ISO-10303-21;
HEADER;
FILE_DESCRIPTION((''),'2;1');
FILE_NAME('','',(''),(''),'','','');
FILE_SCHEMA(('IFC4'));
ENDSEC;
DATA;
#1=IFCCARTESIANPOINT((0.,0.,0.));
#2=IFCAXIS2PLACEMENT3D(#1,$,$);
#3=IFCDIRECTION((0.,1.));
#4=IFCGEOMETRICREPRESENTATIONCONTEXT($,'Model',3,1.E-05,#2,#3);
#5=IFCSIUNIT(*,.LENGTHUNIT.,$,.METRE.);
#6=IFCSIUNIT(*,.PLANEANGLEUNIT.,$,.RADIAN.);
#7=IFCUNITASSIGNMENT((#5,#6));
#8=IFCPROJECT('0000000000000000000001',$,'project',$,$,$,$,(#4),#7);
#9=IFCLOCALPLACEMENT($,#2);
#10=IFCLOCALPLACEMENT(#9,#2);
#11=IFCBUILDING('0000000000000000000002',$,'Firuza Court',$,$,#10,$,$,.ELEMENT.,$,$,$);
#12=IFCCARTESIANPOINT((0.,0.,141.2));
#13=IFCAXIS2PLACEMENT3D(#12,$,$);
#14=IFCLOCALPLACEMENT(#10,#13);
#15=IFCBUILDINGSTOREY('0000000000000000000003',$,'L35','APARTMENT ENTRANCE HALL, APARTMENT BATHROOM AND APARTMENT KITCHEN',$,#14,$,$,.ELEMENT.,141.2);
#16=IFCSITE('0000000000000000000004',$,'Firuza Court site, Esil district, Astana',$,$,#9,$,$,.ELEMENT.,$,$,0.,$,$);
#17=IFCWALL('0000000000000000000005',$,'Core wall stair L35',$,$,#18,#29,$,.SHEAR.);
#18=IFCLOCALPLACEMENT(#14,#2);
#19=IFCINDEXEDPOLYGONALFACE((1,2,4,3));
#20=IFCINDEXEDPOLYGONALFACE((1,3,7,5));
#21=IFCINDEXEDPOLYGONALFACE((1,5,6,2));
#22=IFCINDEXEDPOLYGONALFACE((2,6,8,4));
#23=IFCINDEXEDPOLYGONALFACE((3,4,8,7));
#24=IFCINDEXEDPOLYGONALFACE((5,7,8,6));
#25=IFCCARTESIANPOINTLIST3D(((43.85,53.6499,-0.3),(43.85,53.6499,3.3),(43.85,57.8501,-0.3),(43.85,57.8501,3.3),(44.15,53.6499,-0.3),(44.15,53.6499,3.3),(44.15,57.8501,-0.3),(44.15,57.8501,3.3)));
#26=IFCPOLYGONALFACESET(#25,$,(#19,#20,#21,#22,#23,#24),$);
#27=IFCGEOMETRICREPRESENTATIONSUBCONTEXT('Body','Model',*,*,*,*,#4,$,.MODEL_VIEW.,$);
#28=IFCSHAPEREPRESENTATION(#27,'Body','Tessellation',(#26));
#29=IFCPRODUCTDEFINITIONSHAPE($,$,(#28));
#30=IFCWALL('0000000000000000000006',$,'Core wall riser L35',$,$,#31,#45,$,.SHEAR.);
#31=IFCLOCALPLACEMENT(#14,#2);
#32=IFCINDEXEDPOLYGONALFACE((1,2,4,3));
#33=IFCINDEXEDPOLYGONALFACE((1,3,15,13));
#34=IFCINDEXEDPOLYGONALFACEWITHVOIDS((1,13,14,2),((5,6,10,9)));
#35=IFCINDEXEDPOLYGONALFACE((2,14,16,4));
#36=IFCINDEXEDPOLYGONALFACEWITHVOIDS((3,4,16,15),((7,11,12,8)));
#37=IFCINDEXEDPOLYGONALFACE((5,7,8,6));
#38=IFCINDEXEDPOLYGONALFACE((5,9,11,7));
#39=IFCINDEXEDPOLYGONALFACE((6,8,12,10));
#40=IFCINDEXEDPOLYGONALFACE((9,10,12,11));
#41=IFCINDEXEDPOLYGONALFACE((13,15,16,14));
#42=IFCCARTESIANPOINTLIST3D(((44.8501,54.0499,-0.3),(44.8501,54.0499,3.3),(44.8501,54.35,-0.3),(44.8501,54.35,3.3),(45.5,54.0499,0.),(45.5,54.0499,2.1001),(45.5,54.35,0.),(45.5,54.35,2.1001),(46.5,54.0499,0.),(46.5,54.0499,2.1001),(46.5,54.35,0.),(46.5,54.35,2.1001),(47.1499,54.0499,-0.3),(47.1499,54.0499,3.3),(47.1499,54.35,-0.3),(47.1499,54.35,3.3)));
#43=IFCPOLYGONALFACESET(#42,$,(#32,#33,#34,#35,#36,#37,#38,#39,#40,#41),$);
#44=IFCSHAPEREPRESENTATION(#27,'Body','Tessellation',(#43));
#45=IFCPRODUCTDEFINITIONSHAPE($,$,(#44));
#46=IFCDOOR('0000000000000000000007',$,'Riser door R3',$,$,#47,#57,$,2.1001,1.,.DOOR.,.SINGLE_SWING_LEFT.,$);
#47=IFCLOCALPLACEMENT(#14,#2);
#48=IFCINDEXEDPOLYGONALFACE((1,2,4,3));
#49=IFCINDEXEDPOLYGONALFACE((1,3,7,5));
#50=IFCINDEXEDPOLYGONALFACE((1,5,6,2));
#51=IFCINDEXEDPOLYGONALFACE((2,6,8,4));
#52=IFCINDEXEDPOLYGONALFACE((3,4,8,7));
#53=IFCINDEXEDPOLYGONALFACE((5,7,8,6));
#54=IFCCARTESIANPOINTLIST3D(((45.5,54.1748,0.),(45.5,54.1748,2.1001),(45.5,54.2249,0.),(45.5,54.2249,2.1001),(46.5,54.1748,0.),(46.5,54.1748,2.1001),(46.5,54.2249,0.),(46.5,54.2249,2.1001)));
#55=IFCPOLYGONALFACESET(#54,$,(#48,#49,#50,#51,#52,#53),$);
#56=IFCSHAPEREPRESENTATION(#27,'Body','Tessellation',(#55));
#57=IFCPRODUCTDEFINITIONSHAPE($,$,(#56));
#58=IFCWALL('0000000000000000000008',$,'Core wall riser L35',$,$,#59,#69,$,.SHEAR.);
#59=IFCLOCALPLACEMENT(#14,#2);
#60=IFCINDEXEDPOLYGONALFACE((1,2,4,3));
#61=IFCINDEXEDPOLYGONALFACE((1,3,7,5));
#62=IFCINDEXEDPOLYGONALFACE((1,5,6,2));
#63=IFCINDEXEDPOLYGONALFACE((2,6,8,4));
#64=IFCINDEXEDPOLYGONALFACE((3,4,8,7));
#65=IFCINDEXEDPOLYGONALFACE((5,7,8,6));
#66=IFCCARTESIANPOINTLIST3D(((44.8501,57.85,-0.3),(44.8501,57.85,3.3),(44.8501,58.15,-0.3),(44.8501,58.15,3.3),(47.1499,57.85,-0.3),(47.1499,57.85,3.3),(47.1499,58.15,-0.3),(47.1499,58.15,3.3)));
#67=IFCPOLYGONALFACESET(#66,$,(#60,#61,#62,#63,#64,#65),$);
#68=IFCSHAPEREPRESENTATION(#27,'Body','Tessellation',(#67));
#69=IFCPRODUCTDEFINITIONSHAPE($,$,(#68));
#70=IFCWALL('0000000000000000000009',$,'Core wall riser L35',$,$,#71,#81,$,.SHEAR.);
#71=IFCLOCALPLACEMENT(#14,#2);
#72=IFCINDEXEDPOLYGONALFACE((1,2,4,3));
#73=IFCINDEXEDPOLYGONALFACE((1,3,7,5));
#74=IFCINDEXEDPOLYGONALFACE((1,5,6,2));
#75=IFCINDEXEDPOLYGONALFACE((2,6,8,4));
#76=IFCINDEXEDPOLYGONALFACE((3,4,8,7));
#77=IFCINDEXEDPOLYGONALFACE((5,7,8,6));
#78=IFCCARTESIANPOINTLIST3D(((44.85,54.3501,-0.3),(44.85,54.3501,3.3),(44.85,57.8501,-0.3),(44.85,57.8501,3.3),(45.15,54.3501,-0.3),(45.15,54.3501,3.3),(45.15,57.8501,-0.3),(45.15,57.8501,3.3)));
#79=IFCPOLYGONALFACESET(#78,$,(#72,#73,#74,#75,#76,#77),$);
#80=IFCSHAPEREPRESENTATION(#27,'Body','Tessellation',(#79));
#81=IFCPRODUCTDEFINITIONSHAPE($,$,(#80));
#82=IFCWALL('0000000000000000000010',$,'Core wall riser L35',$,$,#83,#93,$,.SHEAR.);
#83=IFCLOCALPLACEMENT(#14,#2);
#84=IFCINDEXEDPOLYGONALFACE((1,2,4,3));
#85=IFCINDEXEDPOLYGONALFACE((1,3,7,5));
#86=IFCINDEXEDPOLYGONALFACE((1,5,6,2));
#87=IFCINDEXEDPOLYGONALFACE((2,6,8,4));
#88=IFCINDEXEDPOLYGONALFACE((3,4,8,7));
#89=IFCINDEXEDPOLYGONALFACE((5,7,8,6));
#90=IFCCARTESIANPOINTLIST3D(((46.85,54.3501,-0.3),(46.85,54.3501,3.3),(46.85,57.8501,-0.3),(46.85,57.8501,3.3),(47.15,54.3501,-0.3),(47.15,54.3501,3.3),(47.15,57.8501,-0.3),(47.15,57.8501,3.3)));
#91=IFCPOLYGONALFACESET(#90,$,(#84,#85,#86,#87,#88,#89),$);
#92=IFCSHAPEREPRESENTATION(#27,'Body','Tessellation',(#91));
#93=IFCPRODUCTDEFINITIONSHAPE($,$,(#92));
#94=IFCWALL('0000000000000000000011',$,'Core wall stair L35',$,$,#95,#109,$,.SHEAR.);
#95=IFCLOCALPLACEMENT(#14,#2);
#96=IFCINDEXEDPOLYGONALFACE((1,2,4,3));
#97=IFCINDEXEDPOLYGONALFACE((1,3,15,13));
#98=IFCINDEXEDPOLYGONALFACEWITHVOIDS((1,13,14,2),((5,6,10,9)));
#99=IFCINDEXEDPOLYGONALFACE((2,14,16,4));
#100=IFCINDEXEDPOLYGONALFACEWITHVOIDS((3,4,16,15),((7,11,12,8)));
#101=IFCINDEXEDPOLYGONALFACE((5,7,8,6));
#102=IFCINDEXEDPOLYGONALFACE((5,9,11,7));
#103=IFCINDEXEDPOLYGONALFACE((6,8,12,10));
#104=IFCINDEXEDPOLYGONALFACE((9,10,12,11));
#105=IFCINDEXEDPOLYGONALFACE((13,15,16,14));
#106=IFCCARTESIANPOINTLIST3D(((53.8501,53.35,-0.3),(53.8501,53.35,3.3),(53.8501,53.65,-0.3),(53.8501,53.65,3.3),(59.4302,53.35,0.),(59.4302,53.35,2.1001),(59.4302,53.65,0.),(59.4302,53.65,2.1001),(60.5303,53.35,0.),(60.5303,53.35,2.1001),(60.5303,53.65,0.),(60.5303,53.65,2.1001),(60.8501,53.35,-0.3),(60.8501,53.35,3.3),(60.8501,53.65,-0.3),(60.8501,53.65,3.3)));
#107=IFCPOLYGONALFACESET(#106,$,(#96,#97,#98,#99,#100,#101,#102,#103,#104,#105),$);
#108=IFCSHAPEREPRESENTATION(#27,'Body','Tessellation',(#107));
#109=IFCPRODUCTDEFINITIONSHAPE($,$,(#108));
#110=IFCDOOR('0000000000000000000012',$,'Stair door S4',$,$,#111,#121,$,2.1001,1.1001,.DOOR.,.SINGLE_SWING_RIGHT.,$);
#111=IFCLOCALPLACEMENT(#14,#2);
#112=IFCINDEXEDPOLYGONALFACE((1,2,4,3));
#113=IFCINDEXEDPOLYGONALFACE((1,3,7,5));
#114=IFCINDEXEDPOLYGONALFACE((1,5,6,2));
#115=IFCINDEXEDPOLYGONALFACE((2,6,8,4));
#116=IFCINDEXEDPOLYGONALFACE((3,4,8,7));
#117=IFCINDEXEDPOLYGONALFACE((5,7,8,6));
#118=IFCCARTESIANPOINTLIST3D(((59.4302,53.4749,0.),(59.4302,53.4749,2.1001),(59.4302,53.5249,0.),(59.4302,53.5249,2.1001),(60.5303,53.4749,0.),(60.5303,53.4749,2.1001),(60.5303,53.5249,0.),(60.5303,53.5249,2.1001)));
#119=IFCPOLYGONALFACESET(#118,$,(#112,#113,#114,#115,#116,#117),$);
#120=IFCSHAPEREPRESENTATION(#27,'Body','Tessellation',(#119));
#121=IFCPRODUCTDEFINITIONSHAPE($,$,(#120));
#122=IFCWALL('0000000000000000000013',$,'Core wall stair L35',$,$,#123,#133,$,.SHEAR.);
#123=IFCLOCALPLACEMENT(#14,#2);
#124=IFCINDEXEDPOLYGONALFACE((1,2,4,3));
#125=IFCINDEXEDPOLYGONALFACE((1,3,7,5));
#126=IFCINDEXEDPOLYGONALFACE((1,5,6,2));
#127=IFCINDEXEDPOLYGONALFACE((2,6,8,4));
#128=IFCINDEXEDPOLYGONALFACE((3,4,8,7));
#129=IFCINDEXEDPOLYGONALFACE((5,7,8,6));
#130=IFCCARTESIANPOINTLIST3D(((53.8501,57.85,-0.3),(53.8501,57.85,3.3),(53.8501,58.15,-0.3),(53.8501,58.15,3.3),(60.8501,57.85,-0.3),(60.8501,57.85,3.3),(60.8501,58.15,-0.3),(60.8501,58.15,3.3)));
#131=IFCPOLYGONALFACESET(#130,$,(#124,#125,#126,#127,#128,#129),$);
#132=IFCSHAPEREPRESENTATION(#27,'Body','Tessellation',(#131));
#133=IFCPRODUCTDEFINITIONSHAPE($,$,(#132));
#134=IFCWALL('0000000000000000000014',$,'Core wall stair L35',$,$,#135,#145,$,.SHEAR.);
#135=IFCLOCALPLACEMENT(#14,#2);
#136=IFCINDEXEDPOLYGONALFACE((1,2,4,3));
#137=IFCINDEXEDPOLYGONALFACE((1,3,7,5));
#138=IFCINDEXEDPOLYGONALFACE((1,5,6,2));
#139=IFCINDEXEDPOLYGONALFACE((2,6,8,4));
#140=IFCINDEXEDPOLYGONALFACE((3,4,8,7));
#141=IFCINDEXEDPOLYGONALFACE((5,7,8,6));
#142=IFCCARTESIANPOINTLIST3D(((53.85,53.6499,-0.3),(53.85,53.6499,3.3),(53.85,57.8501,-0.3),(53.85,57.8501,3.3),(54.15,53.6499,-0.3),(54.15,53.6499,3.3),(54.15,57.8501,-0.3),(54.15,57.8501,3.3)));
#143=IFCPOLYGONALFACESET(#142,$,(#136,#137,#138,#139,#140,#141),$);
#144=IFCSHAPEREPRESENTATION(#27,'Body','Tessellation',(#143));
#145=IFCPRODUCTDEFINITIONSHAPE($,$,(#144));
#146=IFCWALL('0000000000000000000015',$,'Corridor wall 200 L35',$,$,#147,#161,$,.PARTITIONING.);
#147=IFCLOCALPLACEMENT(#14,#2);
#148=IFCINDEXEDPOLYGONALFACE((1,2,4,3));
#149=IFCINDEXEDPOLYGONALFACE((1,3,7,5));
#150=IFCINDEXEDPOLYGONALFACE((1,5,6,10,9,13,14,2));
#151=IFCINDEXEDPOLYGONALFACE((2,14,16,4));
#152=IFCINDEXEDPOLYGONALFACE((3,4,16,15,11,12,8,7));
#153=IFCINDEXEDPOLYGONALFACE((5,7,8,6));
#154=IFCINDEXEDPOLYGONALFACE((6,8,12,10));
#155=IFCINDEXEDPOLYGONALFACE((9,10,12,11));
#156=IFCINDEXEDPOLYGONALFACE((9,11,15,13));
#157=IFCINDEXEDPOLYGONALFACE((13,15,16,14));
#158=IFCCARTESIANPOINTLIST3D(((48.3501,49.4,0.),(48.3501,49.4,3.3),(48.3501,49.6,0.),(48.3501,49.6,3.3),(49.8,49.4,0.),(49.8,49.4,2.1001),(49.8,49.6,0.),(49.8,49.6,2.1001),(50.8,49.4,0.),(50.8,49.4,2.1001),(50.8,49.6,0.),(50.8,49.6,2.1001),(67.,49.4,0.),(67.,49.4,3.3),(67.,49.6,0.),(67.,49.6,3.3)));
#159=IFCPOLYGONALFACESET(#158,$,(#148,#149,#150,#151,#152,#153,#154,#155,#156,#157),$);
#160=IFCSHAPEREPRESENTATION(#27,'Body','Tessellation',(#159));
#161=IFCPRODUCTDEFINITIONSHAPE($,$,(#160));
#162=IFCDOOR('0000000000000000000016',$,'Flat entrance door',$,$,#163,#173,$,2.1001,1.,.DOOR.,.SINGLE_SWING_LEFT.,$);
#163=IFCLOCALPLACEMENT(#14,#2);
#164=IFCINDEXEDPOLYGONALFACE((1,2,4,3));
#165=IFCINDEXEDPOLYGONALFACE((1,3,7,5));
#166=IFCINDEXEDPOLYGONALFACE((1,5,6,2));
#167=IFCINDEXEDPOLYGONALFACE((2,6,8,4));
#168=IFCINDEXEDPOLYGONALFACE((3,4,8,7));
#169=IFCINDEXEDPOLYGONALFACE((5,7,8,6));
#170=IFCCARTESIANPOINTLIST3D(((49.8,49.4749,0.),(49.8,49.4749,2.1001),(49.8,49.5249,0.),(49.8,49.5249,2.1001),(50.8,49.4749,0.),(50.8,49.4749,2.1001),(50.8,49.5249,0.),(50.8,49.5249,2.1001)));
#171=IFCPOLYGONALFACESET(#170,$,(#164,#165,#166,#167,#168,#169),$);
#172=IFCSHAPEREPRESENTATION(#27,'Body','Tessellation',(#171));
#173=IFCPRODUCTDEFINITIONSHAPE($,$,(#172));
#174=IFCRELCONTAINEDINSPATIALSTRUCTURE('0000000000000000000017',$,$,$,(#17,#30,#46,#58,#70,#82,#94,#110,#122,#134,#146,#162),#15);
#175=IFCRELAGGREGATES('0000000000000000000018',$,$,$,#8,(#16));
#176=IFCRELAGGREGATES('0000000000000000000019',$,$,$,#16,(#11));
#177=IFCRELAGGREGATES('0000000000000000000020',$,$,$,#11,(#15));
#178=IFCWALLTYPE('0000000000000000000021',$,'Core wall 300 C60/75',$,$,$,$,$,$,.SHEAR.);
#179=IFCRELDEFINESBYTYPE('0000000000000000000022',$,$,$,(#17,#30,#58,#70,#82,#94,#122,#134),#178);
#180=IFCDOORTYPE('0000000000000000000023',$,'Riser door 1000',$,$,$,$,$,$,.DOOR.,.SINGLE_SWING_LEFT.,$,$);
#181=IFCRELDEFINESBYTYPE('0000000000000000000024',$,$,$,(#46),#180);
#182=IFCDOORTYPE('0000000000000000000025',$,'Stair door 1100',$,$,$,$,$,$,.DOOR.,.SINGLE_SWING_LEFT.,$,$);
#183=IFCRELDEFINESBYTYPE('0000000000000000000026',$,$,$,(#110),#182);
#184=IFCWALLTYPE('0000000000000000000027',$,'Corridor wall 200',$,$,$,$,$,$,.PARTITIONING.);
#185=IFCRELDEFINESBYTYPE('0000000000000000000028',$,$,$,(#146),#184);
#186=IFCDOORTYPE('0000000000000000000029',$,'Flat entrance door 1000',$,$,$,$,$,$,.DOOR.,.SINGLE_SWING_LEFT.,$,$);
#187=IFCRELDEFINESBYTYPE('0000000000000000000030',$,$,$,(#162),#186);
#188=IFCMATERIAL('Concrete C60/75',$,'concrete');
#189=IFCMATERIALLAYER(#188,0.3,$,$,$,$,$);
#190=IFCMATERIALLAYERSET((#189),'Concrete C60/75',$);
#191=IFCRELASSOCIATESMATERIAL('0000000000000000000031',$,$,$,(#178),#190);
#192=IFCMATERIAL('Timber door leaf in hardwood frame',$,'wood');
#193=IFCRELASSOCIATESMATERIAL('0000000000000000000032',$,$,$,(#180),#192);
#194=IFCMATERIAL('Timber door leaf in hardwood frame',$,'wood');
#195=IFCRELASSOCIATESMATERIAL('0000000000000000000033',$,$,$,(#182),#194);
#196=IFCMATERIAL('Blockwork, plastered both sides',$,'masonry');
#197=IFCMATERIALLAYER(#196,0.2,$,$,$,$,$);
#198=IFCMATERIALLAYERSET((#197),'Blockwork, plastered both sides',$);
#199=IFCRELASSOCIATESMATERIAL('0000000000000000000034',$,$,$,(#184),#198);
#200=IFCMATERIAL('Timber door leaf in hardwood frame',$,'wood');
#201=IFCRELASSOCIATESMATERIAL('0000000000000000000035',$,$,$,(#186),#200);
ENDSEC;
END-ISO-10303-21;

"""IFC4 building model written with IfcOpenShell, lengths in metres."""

from ifc_helpers import new_model, si_unit, direction, frame, frame_2d, origin, place, context, subcontext, project, spatial, rectangle, extrude, material, layer, layer_set, type_object, element, fill, save


model = new_model("IFC4")

# Units and contexts
model_context = context("Model", 3, precision=1e-05, world=origin(), true_north=direction((0.0, 1.0)))
body_context = subcontext(model_context, "Body", "Model", "MODEL_VIEW")
ifc_project = project(units=[si_unit("LENGTHUNIT", "METRE"), si_unit("PLANEANGLEUNIT", "RADIAN")], contexts=[model_context])

# Site, building, storey
site_placement = place(None, origin())
site = spatial("IfcSite", under=ifc_project, at=site_placement, Name="Firuza Court site, Esil district, Astana", CompositionType="ELEMENT", RefElevation=0.0)
building_placement = place(site_placement, origin())
building = spatial("IfcBuilding", under=site, at=building_placement, Name="Firuza Court", CompositionType="ELEMENT")
storey_placement = place(building_placement, frame((0.0, 0.0, 141.2)))
storey = spatial("IfcBuildingStorey", under=building, at=storey_placement, Name="L35", Description="APARTMENT ENTRANCE HALL, APARTMENT BATHROOM AND APARTMENT KITCHEN", CompositionType="ELEMENT", Elevation=141.2)

# Wall
ifc_material_1 = material(Name="Concrete C60/75", Category="concrete")
ifc_layer_1 = layer(ifc_material_1, 0.3)
ifc_layer_set_1 = layer_set([ifc_layer_1], Name="Concrete C60/75")
wall_type_1 = type_object("IfcWallType", Name="Core wall 300 C60/75", PredefinedType="SHEAR", material=ifc_layer_set_1)
wall_1_placement = place(storey_placement, frame((44.0, 53.6499, -0.3), z_axis=(0.0, 0.0, 1.0), x_axis=(0.0, 1.0, 0.0)))
element("IfcWall", 1, at=wall_1_placement, inside=storey, type_object=wall_type_1, Name="Core wall stair L35", PredefinedType="SHEAR", context=body_context, shape_type="SweptSolid", body=[
    extrude(rectangle(XDim=4.2002, YDim=0.3, at=frame_2d((2.1001, 0.0))), origin(), (0.0, 0.0, 1.0), 3.6001),
])

# Wall, opening, door
wall_2_placement = place(storey_placement, frame((44.8501, 54.2, -0.3), z_axis=(0.0, 0.0, 1.0), x_axis=(1.0, 0.0, 0.0)))
wall_2 = element("IfcWall", 2, at=wall_2_placement, inside=storey, type_object=wall_type_1, Name="Core wall riser L35", PredefinedType="SHEAR", context=body_context, shape_type="SweptSolid", body=[
    extrude(rectangle(XDim=2.2998, YDim=0.3, at=frame_2d((1.1499, 0.0))), origin(), (0.0, 0.0, 1.0), 3.6001),
])
opening_1_placement = place(wall_2_placement, frame((0.6499, 0.0, 0.3)))
opening_1 = element("IfcOpeningElement", 3, at=opening_1_placement, cuts=wall_2, PredefinedType="OPENING", context=body_context, shape_type="SweptSolid", body=[
    extrude(rectangle(XDim=1.0, YDim=2.1001, at=frame_2d((0.5, 1.05))), frame((0.0, 0.1621, 0.0), z_axis=(0.0, -1.0, 0.0), x_axis=(1.0, 0.0, 0.0)), (0.0, 0.0, 1.0), 0.324),
])
ifc_material_2 = material(Name="Timber door leaf in hardwood frame", Category="wood")
door_type_1 = type_object("IfcDoorType", Name="Riser door 1000", OperationType="SINGLE_SWING_LEFT", PredefinedType="DOOR", material=ifc_material_2)
door_1_placement = place(opening_1_placement, origin())
door_1 = element("IfcDoor", 4, at=door_1_placement, inside=storey, type_object=door_type_1, Name="Riser door R3", OperationType="SINGLE_SWING_LEFT", OverallHeight=2.1001, OverallWidth=1.0, PredefinedType="DOOR", context=body_context, shape_type="SweptSolid", body=[
    extrude(rectangle(XDim=1.0, YDim=2.1001, at=frame_2d((0.5, 1.05))), frame((0.0, 0.0249, 0.0), z_axis=(0.0, -1.0, 0.0), x_axis=(1.0, 0.0, 0.0)), (0.0, 0.0, 1.0), 0.05),
])
fill(opening_1, door_1)

# Walls
wall_3_placement = place(storey_placement, frame((44.8501, 58.0, -0.3), z_axis=(0.0, 0.0, 1.0), x_axis=(1.0, 0.0, 0.0)))
element("IfcWall", 5, at=wall_3_placement, inside=storey, type_object=wall_type_1, Name="Core wall riser L35", PredefinedType="SHEAR", context=body_context, shape_type="SweptSolid", body=[
    extrude(rectangle(XDim=2.2998, YDim=0.3, at=frame_2d((1.1499, 0.0))), origin(), (0.0, 0.0, 1.0), 3.6001),
])
for number, where, z_axis, x_axis, name in (
    (6, (45.0, 54.3501, -0.3), (0.0, 0.0, 1.0), (0.0, 1.0, 0.0), "Core wall riser L35"),
    (7, (47.0, 54.3501, -0.3), (0.0, 0.0, 1.0), (0.0, 1.0, 0.0), "Core wall riser L35"),
):
    element("IfcWall", number, at=place(storey_placement, frame(where, z_axis=z_axis, x_axis=x_axis)), inside=storey, type_object=wall_type_1, Name=name, PredefinedType="SHEAR", context=body_context, shape_type="SweptSolid", body=[
        extrude(rectangle(XDim=3.5, YDim=0.3, at=frame_2d((1.75, 0.0))), origin(), (0.0, 0.0, 1.0), 3.6001),
    ])

# Wall, opening, door
wall_4_placement = place(storey_placement, frame((53.8501, 53.5, -0.3), z_axis=(0.0, 0.0, 1.0), x_axis=(1.0, 0.0, 0.0)))
wall_4 = element("IfcWall", 8, at=wall_4_placement, inside=storey, type_object=wall_type_1, Name="Core wall stair L35", PredefinedType="SHEAR", context=body_context, shape_type="SweptSolid", body=[
    extrude(rectangle(XDim=7.0, YDim=0.3, at=frame_2d((3.5, 0.0))), origin(), (0.0, 0.0, 1.0), 3.6001),
])
opening_2_placement = place(wall_4_placement, frame((5.5801, 0.0, 0.3)))
opening_2 = element("IfcOpeningElement", 9, at=opening_2_placement, cuts=wall_4, PredefinedType="OPENING", context=body_context, shape_type="SweptSolid", body=[
    extrude(rectangle(XDim=1.1001, YDim=2.1001, at=frame_2d((0.55, 1.05))), frame((0.0, 0.1621, 0.0), z_axis=(0.0, -1.0, 0.0), x_axis=(1.0, 0.0, 0.0)), (0.0, 0.0, 1.0), 0.324),
])
ifc_material_3 = material(Name="Timber door leaf in hardwood frame", Category="wood")
door_type_2 = type_object("IfcDoorType", Name="Stair door 1100", OperationType="SINGLE_SWING_LEFT", PredefinedType="DOOR", material=ifc_material_3)
door_2_placement = place(opening_2_placement, origin())
door_2 = element("IfcDoor", 10, at=door_2_placement, inside=storey, type_object=door_type_2, Name="Stair door S4", OperationType="SINGLE_SWING_RIGHT", OverallHeight=2.1001, OverallWidth=1.1001, PredefinedType="DOOR", context=body_context, shape_type="SweptSolid", body=[
    extrude(rectangle(XDim=1.1001, YDim=2.1001, at=frame_2d((0.55, 1.05))), frame((0.0, 0.0249, 0.0), z_axis=(0.0, -1.0, 0.0), x_axis=(1.0, 0.0, 0.0)), (0.0, 0.0, 1.0), 0.05),
])
fill(opening_2, door_2)

# Walls
wall_5_placement = place(storey_placement, frame((53.8501, 58.0, -0.3), z_axis=(0.0, 0.0, 1.0), x_axis=(1.0, 0.0, 0.0)))
element("IfcWall", 11, at=wall_5_placement, inside=storey, type_object=wall_type_1, Name="Core wall stair L35", PredefinedType="SHEAR", context=body_context, shape_type="SweptSolid", body=[
    extrude(rectangle(XDim=7.0, YDim=0.3, at=frame_2d((3.5, 0.0))), origin(), (0.0, 0.0, 1.0), 3.6001),
])
wall_6_placement = place(storey_placement, frame((54.0, 53.6499, -0.3), z_axis=(0.0, 0.0, 1.0), x_axis=(0.0, 1.0, 0.0)))
element("IfcWall", 12, at=wall_6_placement, inside=storey, type_object=wall_type_1, Name="Core wall stair L35", PredefinedType="SHEAR", context=body_context, shape_type="SweptSolid", body=[
    extrude(rectangle(XDim=4.2002, YDim=0.3, at=frame_2d((2.1001, 0.0))), origin(), (0.0, 0.0, 1.0), 3.6001),
])

# Wall, opening, door
ifc_material_4 = material(Name="Blockwork, plastered both sides", Category="masonry")
ifc_layer_2 = layer(ifc_material_4, 0.2)
ifc_layer_set_2 = layer_set([ifc_layer_2], Name="Blockwork, plastered both sides")
wall_type_2 = type_object("IfcWallType", Name="Corridor wall 200", PredefinedType="PARTITIONING", material=ifc_layer_set_2)
wall_7_placement = place(storey_placement, frame((48.3501, 49.5, 0.0), z_axis=(0.0, 0.0, 1.0), x_axis=(1.0, 0.0, 0.0)))
wall_7 = element("IfcWall", 13, at=wall_7_placement, inside=storey, type_object=wall_type_2, Name="Corridor wall 200 L35", PredefinedType="PARTITIONING", context=body_context, shape_type="SweptSolid", body=[
    extrude(rectangle(XDim=18.6499, YDim=0.2, at=frame_2d((9.325, 0.0))), origin(), (0.0, 0.0, 1.0), 3.3),
])
opening_3_placement = place(wall_7_placement, frame((1.45, 0.0, 0.0)))
opening_3 = element("IfcOpeningElement", 14, at=opening_3_placement, cuts=wall_7, PredefinedType="OPENING", context=body_context, shape_type="SweptSolid", body=[
    extrude(rectangle(XDim=1.0, YDim=2.1001, at=frame_2d((0.5, 1.05))), frame((0.0, 0.1118, 0.0), z_axis=(0.0, -1.0, 0.0), x_axis=(1.0, 0.0, 0.0)), (0.0, 0.0, 1.0), 0.2239),
])
ifc_material_5 = material(Name="Timber door leaf in hardwood frame", Category="wood")
door_type_3 = type_object("IfcDoorType", Name="Flat entrance door 1000", OperationType="SINGLE_SWING_LEFT", PredefinedType="DOOR", material=ifc_material_5)
door_3_placement = place(opening_3_placement, origin())
door_3 = element("IfcDoor", 15, at=door_3_placement, inside=storey, type_object=door_type_3, Name="Flat entrance door", OperationType="SINGLE_SWING_LEFT", OverallHeight=2.1001, OverallWidth=1.0, PredefinedType="DOOR", context=body_context, shape_type="SweptSolid", body=[
    extrude(rectangle(XDim=1.0, YDim=2.1001, at=frame_2d((0.5, 1.05))), frame((0.0, 0.0249, 0.0), z_axis=(0.0, -1.0, 0.0), x_axis=(1.0, 0.0, 0.0)), (0.0, 0.0, 1.0), 0.05),
])
fill(opening_3, door_3)

save(model, "model.ifc")
